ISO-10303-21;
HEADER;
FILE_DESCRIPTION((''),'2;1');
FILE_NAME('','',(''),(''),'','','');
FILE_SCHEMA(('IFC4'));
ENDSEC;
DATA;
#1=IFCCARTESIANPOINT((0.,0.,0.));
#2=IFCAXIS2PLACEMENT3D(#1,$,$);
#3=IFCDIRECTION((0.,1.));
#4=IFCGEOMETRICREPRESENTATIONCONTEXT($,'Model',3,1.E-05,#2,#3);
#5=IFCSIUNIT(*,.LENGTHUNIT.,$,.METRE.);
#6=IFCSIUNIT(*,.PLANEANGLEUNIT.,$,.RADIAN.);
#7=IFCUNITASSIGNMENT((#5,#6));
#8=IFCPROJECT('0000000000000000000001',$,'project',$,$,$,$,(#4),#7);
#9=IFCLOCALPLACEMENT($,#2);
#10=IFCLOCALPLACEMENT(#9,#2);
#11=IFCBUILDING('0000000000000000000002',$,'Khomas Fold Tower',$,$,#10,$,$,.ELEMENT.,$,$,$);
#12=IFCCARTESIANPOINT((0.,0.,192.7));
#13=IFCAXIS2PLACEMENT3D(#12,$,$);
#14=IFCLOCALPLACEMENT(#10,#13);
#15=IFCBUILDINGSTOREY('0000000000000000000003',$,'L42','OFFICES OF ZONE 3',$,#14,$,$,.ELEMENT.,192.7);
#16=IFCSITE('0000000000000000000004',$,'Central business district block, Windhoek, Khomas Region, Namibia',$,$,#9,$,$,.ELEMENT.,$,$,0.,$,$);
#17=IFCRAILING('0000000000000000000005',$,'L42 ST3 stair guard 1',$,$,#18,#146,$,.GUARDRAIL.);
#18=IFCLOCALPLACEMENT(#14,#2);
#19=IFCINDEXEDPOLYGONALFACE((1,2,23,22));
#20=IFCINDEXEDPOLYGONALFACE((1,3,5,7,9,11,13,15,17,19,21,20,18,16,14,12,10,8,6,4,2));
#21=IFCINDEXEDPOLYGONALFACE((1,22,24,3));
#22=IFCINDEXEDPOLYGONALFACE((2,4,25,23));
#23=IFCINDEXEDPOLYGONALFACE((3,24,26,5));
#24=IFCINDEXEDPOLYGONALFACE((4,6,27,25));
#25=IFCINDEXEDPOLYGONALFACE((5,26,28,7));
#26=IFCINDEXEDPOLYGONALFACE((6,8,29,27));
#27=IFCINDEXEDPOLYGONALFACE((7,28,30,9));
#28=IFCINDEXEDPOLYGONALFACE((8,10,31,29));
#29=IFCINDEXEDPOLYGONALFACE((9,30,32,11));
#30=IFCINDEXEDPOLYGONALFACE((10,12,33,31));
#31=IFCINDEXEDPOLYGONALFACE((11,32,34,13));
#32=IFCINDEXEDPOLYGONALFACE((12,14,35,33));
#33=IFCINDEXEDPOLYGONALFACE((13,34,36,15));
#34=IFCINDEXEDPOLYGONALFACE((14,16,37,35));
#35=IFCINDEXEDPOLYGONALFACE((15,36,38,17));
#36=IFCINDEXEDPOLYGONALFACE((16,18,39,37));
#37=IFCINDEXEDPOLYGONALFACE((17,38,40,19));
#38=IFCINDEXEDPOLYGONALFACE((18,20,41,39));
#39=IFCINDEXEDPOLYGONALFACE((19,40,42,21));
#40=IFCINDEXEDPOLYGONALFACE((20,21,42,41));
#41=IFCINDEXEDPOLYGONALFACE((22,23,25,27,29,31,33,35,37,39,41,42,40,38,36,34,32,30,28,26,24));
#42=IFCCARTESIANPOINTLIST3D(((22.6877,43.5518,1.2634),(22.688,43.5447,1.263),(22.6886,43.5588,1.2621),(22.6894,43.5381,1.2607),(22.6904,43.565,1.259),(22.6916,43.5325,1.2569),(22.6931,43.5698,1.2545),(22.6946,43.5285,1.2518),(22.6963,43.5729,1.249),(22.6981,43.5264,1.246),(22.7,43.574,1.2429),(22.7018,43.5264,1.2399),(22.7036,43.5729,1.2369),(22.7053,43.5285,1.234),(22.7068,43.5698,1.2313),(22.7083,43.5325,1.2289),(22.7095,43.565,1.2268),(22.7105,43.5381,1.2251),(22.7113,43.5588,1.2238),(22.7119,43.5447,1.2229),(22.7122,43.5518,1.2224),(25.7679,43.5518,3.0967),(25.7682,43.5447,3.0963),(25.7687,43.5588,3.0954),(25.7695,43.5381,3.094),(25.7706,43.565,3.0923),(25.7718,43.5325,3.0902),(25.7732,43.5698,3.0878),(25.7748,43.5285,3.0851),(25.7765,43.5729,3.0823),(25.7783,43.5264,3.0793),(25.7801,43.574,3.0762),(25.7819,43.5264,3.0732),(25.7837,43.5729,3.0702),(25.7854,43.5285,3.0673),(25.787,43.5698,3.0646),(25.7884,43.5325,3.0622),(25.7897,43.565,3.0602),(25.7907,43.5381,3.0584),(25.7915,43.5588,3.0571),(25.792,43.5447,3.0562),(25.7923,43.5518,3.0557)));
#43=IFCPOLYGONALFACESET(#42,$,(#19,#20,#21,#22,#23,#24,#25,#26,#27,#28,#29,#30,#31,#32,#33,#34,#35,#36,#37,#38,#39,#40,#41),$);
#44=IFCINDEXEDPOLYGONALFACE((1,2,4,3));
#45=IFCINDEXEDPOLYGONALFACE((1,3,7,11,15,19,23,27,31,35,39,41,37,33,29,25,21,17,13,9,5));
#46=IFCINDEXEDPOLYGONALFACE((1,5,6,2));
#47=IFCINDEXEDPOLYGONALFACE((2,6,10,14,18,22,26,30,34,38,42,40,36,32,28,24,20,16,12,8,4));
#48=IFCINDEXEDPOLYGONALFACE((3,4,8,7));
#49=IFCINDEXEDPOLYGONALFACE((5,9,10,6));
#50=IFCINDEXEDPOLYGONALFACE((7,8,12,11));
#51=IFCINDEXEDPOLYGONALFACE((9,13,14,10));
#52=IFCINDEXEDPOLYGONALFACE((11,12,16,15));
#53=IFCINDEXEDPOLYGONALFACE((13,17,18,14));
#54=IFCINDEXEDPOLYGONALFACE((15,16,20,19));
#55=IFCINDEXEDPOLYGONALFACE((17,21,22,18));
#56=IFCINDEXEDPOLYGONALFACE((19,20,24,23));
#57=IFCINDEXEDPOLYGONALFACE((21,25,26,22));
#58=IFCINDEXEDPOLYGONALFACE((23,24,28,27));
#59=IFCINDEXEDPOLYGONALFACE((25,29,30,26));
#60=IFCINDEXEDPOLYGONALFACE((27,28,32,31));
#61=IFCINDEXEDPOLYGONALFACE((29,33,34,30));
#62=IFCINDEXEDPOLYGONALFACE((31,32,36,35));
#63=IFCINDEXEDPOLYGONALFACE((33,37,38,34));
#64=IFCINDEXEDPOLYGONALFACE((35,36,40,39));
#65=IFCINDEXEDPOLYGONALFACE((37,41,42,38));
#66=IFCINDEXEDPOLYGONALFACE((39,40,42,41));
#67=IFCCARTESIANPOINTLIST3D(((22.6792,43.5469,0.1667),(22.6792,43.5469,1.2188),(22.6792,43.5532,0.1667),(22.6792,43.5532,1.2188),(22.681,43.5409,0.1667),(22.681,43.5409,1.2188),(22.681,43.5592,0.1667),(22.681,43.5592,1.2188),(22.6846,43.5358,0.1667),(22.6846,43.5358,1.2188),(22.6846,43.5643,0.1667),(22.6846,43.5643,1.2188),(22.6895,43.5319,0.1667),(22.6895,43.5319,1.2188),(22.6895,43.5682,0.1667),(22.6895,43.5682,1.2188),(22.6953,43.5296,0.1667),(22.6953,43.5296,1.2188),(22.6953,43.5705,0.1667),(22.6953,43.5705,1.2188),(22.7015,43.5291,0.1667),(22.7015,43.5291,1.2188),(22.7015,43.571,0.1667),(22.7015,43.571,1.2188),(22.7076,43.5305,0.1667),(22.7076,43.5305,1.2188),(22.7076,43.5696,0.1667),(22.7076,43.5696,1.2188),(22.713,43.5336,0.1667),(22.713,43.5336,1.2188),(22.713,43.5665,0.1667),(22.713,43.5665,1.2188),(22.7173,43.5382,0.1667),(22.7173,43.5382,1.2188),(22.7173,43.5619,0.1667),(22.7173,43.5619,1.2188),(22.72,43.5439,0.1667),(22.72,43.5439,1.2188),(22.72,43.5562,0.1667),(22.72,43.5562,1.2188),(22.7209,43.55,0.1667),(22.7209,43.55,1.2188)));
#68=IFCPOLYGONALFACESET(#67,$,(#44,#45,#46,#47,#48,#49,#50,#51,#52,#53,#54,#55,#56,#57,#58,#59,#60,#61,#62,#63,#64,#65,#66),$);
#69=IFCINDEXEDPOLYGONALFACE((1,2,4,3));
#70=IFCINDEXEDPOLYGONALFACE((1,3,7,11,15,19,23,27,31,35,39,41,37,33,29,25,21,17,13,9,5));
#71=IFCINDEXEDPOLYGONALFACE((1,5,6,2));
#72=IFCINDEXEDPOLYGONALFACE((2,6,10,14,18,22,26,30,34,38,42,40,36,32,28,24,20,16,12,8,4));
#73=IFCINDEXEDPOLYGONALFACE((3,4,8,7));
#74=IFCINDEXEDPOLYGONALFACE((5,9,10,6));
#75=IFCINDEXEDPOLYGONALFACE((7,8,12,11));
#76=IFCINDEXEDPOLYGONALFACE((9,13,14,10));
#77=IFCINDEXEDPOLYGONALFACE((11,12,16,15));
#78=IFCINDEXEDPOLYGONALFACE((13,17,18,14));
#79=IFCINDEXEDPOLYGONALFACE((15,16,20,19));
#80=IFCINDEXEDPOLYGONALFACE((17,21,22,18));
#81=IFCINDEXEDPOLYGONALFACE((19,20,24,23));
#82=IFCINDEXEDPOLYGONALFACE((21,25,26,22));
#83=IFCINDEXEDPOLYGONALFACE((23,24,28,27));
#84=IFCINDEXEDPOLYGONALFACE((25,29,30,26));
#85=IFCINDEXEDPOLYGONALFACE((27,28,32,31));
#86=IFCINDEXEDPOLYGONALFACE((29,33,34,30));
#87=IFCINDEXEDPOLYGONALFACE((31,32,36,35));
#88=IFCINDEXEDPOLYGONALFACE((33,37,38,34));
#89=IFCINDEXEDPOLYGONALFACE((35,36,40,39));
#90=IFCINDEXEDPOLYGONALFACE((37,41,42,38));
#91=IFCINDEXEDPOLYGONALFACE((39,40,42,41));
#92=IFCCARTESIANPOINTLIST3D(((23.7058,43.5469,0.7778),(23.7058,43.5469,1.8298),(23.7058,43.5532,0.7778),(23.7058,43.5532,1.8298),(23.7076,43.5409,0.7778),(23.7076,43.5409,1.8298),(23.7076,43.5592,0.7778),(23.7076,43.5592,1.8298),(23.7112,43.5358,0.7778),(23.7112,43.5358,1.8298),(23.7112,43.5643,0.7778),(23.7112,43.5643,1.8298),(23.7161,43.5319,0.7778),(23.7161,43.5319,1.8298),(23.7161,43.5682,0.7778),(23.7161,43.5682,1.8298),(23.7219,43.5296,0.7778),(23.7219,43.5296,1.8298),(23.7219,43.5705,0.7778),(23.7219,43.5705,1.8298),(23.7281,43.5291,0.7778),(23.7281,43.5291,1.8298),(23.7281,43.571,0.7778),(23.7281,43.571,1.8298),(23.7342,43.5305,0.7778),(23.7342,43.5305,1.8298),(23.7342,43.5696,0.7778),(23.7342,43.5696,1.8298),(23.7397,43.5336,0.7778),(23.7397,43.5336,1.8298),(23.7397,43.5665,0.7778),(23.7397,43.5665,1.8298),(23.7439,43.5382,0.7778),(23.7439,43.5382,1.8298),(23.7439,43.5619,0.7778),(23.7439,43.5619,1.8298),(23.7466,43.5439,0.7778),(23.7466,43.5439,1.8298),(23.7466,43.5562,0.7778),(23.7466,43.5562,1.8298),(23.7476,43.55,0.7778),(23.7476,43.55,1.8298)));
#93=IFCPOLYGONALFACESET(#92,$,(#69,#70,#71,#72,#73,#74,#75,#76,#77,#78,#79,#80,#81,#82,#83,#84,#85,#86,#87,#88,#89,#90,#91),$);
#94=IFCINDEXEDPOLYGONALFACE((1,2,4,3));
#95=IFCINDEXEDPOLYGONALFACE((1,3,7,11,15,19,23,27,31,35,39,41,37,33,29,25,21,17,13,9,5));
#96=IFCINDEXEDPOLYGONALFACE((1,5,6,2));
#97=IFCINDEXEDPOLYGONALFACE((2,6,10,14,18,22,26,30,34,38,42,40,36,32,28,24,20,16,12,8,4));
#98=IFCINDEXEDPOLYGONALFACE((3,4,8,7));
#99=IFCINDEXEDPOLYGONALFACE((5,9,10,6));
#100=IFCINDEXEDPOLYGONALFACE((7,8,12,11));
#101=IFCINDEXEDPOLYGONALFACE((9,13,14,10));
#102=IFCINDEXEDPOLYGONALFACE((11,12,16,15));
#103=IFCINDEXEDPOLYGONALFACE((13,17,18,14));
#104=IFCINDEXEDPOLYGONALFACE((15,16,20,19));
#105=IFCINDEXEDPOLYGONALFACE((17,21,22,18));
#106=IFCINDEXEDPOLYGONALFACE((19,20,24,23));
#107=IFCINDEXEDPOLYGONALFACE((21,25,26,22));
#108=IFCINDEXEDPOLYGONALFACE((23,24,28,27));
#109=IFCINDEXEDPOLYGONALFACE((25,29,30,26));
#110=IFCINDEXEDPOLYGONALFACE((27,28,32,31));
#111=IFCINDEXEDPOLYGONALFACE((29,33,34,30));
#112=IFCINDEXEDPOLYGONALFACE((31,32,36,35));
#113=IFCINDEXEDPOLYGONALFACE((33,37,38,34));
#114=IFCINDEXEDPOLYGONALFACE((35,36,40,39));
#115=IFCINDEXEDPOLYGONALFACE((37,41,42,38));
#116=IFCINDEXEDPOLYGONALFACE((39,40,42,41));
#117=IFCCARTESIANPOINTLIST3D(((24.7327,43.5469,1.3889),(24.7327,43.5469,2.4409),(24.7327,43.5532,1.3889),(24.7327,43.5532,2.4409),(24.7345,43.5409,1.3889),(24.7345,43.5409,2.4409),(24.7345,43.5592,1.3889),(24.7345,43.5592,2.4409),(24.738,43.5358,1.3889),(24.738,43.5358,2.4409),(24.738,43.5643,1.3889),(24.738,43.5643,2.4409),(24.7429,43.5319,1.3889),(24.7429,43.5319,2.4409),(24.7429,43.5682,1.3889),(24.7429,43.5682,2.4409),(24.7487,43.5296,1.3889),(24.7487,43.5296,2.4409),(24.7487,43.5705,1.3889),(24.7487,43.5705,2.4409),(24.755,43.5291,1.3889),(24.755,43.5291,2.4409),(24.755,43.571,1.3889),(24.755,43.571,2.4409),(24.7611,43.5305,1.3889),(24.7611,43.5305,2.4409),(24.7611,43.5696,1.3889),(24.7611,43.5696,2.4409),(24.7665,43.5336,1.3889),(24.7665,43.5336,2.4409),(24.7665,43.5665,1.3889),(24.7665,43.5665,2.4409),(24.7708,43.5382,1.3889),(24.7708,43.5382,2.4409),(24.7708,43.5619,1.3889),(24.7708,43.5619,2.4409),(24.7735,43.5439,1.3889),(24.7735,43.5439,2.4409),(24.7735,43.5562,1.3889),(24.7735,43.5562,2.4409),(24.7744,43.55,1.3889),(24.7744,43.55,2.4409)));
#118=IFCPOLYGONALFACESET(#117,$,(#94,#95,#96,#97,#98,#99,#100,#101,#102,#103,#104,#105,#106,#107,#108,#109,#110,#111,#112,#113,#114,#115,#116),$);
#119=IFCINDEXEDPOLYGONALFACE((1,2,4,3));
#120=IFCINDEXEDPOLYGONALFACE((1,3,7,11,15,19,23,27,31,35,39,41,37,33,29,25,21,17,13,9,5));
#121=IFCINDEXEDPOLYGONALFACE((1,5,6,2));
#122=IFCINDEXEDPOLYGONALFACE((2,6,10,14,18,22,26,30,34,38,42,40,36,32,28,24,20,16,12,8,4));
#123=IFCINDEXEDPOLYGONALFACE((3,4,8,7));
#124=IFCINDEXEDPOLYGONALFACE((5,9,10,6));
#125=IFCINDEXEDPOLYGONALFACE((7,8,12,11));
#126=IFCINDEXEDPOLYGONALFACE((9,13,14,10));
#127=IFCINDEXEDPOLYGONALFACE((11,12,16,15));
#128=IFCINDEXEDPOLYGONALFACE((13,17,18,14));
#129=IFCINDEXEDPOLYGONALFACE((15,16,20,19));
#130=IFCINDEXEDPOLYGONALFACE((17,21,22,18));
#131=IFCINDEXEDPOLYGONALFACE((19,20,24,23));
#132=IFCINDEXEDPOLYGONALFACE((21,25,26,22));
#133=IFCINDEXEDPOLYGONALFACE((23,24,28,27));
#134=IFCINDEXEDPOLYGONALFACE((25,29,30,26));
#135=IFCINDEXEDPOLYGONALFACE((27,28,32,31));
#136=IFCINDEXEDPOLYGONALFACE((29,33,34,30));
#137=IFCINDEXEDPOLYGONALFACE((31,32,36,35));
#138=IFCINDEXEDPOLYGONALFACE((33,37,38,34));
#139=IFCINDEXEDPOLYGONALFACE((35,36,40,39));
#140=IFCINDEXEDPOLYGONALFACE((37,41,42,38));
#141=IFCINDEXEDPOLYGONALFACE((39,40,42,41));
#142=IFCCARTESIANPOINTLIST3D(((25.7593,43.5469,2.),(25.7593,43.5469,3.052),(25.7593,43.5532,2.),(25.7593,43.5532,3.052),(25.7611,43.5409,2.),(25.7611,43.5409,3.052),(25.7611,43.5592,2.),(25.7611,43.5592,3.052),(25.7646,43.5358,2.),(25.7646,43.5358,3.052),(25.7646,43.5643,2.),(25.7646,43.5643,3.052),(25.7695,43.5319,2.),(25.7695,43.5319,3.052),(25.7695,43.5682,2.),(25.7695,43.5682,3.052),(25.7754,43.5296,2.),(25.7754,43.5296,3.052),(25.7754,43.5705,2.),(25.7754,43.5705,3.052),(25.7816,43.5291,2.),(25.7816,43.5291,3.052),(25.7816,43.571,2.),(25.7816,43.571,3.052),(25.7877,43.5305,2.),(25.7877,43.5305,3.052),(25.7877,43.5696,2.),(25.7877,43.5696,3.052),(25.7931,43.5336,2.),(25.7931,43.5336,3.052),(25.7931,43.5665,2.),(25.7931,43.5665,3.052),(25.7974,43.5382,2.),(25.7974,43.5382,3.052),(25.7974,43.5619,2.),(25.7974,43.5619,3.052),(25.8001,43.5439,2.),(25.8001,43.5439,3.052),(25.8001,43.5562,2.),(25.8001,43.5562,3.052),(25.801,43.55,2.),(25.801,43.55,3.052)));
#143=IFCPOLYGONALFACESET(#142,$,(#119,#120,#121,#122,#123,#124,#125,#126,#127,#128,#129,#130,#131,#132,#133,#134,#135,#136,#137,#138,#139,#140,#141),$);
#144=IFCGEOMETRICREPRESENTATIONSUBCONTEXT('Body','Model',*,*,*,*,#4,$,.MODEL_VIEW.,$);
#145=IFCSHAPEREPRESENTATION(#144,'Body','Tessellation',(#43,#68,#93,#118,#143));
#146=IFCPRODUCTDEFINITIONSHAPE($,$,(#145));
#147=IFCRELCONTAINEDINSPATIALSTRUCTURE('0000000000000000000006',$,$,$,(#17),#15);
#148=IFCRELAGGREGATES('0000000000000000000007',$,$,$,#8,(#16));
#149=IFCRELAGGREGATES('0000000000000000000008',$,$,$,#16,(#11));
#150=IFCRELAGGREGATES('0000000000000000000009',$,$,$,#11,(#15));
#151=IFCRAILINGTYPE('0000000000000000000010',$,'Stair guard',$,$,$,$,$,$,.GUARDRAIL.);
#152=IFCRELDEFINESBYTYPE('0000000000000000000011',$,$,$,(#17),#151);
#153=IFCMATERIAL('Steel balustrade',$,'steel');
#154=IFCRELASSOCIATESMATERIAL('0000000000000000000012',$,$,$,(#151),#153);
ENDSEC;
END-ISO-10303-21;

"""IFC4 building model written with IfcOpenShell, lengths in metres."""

from ifc_helpers import new_model, si_unit, direction, frame, origin, origin_2d, place, context, subcontext, project, spatial, circle, extrude, source, transform, mapped, material, type_object, element, save


model = new_model("IFC4")

# Units and contexts
model_context = context("Model", 3, precision=1e-05, world=origin(), true_north=direction((0.0, 1.0)))
body_context = subcontext(model_context, "Body", "Model", "MODEL_VIEW")
ifc_project = project(units=[si_unit("LENGTHUNIT", "METRE"), si_unit("PLANEANGLEUNIT", "RADIAN")], contexts=[model_context])

# Site, building, storey
site_placement = place(None, origin())
site = spatial("IfcSite", under=ifc_project, at=site_placement, Name="Central business district block, Windhoek, Khomas Region, Namibia", CompositionType="ELEMENT", RefElevation=0.0)
building_placement = place(site_placement, origin())
building = spatial("IfcBuilding", under=site, at=building_placement, Name="Khomas Fold Tower", CompositionType="ELEMENT")
storey_placement = place(building_placement, frame((0.0, 0.0, 192.7)))
storey = spatial("IfcBuildingStorey", under=building, at=storey_placement, Name="L42", Description="OFFICES OF ZONE 3", CompositionType="ELEMENT", Elevation=192.7)

# Railing
ifc_material_1 = material(Name="Steel balustrade", Category="steel")
railing_type_1 = type_object("IfcRailingType", Name="Stair guard", PredefinedType="GUARDRAIL", material=ifc_material_1)
shared_shape_1 = source(origin(), body_context, "Body", "SweptSolid", [
    extrude(circle(Radius=0.0239, at=origin_2d()), frame((0.0, 0.0, 1.0762), z_axis=(0.859309, 0.0, 0.511458), x_axis=(0.0, 1.0, 0.0)), (0.0, 0.0, 1.0), 3.5845),
    extrude(circle(Radius=0.021, at=origin_2d()), origin(), (0.0, 0.0, 1.0), 1.052),
    extrude(circle(Radius=0.021, at=origin_2d()), frame((1.0266, 0.0, 0.6111)), (0.0, 0.0, 1.0), 1.052),
    extrude(circle(Radius=0.021, at=origin_2d()), frame((2.0535, 0.0, 1.2222)), (0.0, 0.0, 1.0), 1.052),
    extrude(circle(Radius=0.021, at=origin_2d()), frame((3.0801, 0.0, 1.8333)), (0.0, 0.0, 1.0), 1.052),
])
railing_1_placement = place(storey_placement, frame((22.7, 43.55, 0.1667)))
element("IfcRailing", 1, at=railing_1_placement, inside=storey, type_object=railing_type_1, Name="L42 ST3 stair guard 1", PredefinedType="GUARDRAIL", context=body_context, shape_type="MappedRepresentation", body=[
    mapped(shared_shape_1, transform((0.0, 0.0, 0.0))),
])

save(model, "model.ifc")
